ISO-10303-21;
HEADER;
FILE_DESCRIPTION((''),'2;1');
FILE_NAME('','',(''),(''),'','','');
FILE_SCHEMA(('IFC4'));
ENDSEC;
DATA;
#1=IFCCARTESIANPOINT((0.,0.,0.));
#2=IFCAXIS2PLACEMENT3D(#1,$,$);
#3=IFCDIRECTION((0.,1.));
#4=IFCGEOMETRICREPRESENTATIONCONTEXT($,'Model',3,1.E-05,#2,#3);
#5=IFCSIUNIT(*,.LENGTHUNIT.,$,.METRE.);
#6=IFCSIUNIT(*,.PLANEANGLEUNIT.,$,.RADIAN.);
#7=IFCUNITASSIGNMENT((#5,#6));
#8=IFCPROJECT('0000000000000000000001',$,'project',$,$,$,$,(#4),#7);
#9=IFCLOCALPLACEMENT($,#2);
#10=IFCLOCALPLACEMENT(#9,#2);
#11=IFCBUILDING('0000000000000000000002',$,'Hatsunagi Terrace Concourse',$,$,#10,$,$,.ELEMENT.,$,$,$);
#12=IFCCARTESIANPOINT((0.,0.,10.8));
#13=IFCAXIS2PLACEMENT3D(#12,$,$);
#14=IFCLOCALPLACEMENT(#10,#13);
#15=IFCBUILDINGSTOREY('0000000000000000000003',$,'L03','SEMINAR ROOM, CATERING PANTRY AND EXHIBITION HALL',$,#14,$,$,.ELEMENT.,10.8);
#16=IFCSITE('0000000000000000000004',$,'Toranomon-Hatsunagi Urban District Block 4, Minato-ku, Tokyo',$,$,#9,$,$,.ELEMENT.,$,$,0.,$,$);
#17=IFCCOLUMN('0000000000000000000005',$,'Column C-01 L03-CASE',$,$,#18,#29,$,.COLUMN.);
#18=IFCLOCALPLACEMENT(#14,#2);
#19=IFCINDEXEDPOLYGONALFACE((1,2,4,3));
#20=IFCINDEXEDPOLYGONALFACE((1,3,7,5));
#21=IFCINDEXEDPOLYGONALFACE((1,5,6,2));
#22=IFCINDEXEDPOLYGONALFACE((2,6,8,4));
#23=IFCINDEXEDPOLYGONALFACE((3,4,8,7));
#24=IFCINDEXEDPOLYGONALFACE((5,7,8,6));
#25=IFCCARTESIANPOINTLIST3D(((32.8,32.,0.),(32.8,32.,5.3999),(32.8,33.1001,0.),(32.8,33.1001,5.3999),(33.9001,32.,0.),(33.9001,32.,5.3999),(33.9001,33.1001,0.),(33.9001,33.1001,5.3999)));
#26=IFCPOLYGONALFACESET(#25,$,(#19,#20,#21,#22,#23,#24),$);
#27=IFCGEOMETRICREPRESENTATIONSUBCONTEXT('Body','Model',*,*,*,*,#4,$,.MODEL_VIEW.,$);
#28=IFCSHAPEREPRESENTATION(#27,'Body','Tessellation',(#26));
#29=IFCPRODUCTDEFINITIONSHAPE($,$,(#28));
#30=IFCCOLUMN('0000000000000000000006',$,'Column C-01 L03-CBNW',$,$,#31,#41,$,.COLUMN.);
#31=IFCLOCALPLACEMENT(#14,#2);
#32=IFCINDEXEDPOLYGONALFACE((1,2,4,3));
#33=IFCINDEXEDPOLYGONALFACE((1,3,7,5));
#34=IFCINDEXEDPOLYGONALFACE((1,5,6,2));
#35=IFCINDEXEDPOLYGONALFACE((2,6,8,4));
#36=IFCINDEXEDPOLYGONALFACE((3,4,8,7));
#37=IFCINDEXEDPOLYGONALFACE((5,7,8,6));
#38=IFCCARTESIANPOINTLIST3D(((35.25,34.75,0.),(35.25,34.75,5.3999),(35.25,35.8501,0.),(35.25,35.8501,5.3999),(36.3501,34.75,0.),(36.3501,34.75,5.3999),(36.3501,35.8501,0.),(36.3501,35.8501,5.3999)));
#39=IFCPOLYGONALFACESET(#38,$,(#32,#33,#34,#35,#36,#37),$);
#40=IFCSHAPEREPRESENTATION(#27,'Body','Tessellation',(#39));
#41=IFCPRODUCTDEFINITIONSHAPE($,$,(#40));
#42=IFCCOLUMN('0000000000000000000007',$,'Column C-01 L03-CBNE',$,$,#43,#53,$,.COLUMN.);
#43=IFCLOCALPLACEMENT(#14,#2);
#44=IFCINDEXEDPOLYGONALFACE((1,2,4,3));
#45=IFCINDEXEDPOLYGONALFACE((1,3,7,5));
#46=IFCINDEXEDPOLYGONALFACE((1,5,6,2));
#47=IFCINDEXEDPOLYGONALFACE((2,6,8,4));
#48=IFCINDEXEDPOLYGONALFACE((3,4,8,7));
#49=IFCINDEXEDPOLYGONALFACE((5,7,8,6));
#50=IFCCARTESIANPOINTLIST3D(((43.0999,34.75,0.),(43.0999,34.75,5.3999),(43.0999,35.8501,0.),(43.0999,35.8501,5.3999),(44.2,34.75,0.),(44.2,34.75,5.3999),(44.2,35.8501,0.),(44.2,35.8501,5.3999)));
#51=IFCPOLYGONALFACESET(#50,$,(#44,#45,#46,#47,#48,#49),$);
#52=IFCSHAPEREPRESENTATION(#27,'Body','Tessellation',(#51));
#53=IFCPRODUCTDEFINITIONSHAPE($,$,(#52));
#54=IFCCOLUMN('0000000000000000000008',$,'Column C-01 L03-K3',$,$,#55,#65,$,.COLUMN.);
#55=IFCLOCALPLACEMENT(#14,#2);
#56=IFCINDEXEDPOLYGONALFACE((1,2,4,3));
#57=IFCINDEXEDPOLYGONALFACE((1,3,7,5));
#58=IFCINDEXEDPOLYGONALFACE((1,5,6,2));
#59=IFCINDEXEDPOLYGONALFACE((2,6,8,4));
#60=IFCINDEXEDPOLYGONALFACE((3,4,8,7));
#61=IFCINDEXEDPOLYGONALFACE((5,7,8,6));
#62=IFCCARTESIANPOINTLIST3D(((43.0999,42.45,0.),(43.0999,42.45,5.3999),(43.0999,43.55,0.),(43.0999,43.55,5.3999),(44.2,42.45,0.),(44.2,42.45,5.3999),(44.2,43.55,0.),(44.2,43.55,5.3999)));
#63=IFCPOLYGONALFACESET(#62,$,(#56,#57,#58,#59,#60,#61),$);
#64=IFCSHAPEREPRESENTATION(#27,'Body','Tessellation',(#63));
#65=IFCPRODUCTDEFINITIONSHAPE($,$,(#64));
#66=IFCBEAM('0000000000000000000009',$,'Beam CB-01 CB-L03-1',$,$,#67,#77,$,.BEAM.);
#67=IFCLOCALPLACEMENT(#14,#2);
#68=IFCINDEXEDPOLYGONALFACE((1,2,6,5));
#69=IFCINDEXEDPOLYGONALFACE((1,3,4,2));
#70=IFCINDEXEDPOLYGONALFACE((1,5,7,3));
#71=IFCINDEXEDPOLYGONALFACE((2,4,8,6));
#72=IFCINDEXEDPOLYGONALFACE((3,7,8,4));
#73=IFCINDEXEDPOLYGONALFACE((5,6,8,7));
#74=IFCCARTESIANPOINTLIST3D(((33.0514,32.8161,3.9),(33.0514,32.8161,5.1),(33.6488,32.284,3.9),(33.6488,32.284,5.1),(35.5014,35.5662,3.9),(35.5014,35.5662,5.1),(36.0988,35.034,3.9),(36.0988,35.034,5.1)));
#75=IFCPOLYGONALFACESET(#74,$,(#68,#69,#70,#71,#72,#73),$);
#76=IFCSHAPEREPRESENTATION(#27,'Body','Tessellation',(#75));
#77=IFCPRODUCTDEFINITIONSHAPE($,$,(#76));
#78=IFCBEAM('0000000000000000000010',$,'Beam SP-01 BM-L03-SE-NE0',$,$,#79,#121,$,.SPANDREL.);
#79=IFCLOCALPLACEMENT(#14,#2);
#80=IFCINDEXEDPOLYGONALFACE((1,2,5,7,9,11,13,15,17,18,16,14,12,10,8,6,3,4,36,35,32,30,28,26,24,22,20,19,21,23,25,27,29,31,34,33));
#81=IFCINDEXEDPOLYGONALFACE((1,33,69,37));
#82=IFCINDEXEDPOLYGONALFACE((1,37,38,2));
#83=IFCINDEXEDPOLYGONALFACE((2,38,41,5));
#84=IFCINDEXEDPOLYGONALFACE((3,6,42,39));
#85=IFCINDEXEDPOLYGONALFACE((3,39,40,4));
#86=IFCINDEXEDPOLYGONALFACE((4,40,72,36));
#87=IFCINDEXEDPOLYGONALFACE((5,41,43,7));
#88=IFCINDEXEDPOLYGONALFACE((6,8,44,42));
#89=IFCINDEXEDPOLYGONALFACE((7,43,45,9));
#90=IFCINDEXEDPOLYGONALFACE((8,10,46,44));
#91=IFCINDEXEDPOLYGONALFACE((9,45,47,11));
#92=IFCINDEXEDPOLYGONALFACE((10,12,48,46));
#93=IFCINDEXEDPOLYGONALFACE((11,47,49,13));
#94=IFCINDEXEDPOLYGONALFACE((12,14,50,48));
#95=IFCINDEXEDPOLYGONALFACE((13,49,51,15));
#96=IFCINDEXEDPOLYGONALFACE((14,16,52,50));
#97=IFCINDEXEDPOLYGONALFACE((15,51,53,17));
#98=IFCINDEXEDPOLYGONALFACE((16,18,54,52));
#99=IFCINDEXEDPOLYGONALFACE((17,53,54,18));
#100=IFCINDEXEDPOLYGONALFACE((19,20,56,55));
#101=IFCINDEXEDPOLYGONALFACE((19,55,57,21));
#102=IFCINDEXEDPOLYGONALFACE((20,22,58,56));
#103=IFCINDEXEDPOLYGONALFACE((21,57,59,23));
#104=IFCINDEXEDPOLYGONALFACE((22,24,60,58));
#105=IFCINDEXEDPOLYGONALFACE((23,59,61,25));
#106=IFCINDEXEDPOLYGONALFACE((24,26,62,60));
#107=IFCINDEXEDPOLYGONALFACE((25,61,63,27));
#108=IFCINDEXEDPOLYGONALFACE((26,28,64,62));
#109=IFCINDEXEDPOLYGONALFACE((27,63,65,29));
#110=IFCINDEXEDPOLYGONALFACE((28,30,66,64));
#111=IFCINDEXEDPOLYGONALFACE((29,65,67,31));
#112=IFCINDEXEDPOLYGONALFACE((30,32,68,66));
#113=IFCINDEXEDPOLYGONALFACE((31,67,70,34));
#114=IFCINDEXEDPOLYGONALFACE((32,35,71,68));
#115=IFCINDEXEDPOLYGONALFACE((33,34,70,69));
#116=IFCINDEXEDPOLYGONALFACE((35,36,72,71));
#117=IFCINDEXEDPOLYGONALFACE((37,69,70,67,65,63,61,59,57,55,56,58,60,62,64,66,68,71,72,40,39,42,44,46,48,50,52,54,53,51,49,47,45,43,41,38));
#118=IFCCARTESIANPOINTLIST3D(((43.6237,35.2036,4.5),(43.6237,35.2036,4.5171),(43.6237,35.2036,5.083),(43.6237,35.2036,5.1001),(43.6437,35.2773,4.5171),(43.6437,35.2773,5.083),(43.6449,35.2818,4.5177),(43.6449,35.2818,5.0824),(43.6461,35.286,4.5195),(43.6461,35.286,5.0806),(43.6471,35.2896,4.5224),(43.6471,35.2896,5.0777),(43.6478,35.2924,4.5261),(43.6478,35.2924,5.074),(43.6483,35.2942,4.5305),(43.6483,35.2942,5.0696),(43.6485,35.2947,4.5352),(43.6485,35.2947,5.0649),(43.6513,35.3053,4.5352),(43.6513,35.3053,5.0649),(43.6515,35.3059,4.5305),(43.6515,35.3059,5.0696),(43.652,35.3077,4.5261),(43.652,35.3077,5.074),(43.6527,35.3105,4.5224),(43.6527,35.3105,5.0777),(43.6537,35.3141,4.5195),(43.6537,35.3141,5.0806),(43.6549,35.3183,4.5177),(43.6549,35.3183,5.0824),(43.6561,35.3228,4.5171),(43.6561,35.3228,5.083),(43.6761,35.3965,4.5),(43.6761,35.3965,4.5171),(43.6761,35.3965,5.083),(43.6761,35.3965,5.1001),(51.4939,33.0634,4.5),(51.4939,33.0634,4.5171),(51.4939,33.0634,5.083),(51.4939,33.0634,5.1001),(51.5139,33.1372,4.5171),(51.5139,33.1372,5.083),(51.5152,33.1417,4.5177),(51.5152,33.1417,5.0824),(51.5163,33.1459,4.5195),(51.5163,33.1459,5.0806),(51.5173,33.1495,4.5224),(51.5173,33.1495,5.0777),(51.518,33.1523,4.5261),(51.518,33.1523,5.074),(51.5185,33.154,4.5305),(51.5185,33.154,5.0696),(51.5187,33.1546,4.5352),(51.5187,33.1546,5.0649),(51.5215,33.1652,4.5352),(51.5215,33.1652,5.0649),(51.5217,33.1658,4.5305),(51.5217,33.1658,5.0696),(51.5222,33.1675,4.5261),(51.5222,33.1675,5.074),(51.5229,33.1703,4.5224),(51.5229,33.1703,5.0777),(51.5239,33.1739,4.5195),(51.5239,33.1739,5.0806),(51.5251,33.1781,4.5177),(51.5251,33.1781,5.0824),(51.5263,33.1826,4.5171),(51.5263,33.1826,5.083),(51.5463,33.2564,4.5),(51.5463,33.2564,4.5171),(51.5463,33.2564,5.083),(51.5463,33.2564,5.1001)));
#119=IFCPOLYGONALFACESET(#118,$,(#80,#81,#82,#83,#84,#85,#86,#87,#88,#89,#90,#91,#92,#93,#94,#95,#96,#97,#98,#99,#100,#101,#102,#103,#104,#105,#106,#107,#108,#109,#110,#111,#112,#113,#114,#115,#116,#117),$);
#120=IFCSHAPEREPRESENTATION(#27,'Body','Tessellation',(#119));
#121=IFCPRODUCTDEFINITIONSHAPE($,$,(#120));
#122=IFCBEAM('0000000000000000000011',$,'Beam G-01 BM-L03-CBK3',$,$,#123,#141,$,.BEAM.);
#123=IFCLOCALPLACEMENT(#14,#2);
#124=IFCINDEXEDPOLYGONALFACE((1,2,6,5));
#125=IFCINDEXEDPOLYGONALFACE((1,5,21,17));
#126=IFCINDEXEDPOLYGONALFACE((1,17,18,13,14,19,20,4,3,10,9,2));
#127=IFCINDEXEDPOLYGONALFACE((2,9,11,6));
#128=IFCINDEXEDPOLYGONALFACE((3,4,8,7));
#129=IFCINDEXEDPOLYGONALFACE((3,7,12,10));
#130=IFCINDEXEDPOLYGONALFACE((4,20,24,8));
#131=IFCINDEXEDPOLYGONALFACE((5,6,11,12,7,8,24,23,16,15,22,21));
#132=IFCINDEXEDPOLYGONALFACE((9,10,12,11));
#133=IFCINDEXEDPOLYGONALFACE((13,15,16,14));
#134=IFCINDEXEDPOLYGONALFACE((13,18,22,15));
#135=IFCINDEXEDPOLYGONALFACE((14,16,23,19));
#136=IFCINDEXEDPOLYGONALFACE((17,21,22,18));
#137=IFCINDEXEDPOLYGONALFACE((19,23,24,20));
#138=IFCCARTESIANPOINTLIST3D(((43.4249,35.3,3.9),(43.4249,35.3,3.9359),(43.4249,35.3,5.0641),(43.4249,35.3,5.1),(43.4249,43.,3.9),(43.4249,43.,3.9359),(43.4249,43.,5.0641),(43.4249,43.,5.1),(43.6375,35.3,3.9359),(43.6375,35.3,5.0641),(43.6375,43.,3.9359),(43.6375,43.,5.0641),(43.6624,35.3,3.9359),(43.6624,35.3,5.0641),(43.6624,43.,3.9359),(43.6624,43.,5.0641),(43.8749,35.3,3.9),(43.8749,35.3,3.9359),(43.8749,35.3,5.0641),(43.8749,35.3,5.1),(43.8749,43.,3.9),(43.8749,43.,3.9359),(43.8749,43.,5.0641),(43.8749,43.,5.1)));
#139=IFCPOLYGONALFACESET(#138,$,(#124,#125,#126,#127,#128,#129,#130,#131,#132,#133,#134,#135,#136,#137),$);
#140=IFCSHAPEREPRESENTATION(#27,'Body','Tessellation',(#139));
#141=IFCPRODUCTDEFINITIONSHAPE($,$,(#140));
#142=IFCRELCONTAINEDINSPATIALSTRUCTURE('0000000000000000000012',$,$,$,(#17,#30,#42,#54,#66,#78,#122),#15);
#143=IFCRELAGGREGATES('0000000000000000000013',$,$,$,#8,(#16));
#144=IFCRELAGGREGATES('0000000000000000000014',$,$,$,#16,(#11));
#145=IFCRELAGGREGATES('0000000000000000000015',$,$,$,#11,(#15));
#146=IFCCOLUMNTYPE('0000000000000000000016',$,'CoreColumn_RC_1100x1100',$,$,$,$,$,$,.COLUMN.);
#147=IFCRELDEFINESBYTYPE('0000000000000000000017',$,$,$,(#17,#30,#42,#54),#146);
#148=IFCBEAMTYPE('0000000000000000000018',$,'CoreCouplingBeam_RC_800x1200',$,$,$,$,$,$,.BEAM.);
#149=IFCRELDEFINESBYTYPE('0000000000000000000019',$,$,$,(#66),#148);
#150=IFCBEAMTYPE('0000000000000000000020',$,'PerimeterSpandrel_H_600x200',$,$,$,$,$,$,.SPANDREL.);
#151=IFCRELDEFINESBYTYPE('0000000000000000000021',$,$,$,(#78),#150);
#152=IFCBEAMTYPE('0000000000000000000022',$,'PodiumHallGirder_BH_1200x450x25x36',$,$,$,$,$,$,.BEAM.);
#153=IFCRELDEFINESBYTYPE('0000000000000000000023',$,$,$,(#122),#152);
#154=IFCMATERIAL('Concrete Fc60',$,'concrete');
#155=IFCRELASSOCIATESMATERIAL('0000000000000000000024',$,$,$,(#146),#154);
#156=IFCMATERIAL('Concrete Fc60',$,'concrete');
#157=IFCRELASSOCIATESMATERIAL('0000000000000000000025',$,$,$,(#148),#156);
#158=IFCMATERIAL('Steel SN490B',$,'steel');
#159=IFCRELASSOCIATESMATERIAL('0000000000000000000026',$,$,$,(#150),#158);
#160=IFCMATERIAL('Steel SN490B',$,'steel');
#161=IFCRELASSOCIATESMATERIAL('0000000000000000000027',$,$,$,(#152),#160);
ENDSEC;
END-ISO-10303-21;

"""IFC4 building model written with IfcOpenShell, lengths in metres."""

from ifc_helpers import new_model, si_unit, direction, frame, origin, origin_2d, place, context, subcontext, project, spatial, rectangle, i_section, extrude, material, material_profile, profile_set, type_object, element, save


model = new_model("IFC4")

# Units and contexts
model_context = context("Model", 3, precision=1e-05, world=origin(), true_north=direction((0.0, 1.0)))
body_context = subcontext(model_context, "Body", "Model", "MODEL_VIEW")
ifc_project = project(units=[si_unit("LENGTHUNIT", "METRE"), si_unit("PLANEANGLEUNIT", "RADIAN")], contexts=[model_context])

# Site, building, storey
site_placement = place(None, origin())
site = spatial("IfcSite", under=ifc_project, at=site_placement, Name="Toranomon-Hatsunagi Urban District Block 4, Minato-ku, Tokyo", CompositionType="ELEMENT", RefElevation=0.0)
building_placement = place(site_placement, origin())
building = spatial("IfcBuilding", under=site, at=building_placement, Name="Hatsunagi Terrace Concourse", CompositionType="ELEMENT")
storey_placement = place(building_placement, frame((0.0, 0.0, 10.8)))
storey = spatial("IfcBuildingStorey", under=building, at=storey_placement, Name="L03", Description="SEMINAR ROOM, CATERING PANTRY AND EXHIBITION HALL", CompositionType="ELEMENT", Elevation=10.8)

# Columns
ifc_material_1 = material(Name="Concrete Fc60", Category="concrete")
ifc_material_profile_1 = material_profile(ifc_material_1, rectangle(XDim=1.1001, YDim=1.1001, at=origin_2d()), Name="RC-1100x1100")
ifc_profile_set_1 = profile_set([ifc_material_profile_1], Name="Concrete Fc60")
column_type = type_object("IfcColumnType", Name="CoreColumn_RC_1100x1100", PredefinedType="COLUMN", material=ifc_profile_set_1)
for number, where, z_axis, x_axis, name in (
    (1, (33.3501, 32.55, 0.0), (0.0, 0.0, 1.0), (1.0, 0.0, 0.0), "Column C-01 L03-CASE"),
    (2, (35.8, 35.3, 0.0), (0.0, 0.0, 1.0), (1.0, 0.0, 0.0), "Column C-01 L03-CBNW"),
    (3, (43.6499, 35.3, 0.0), (0.0, 0.0, 1.0), (1.0, 0.0, 0.0), "Column C-01 L03-CBNE"),
    (4, (43.6499, 43.0, 0.0), (0.0, 0.0, 1.0), (1.0, 0.0, 0.0), "Column C-01 L03-K3"),
):
    element("IfcColumn", number, at=place(storey_placement, frame(where, z_axis=z_axis, x_axis=x_axis)), inside=storey, type_object=column_type, Name=name, PredefinedType="COLUMN", context=body_context, shape_type="SweptSolid", body=[
        extrude(rectangle(XDim=1.1001, YDim=1.1001, at=origin_2d()), origin(), (0.0, 0.0, 1.0), 5.3999),
    ])

# Beams
ifc_material_2 = material(Name="Concrete Fc60", Category="concrete")
ifc_material_profile_2 = material_profile(ifc_material_2, rectangle(XDim=0.8, YDim=1.2, at=origin_2d()), Name="RC-800x1200")
ifc_profile_set_2 = profile_set([ifc_material_profile_2], Name="Concrete Fc60")
beam_type_1 = type_object("IfcBeamType", Name="CoreCouplingBeam_RC_800x1200", PredefinedType="BEAM", material=ifc_profile_set_2)
beam_1_placement = place(storey_placement, frame((33.3501, 32.55, 4.5), z_axis=(0.665199, 0.746666, 0.0), x_axis=(-0.746666, 0.665199, 0.0)))
element("IfcBeam", 5, at=beam_1_placement, inside=storey, type_object=beam_type_1, Name="Beam CB-01 CB-L03-1", PredefinedType="BEAM", context=body_context, shape_type="SweptSolid", body=[
    extrude(rectangle(XDim=0.8, YDim=1.2, at=origin_2d()), origin(), (0.0, 0.0, 1.0), 3.6831),
])
ifc_material_3 = material(Name="Steel SN490B", Category="steel")
ifc_material_profile_3 = material_profile(ifc_material_3, i_section(OverallWidth=0.2, OverallDepth=0.6001, WebThickness=0.011, FlangeThickness=0.0171, FilletRadius=0.0181, at=origin_2d()), Name="H-600x200x11x17")
ifc_profile_set_3 = profile_set([ifc_material_profile_3], Name="Steel SN490B")
beam_type_2 = type_object("IfcBeamType", Name="PerimeterSpandrel_H_600x200", PredefinedType="SPANDREL", material=ifc_profile_set_3)
beam_2_placement = place(storey_placement, frame((43.6499, 35.3, 4.8), z_axis=(0.964958, -0.262403, 0.0), x_axis=(0.262403, 0.964958, 0.0)))
element("IfcBeam", 6, at=beam_2_placement, inside=storey, type_object=beam_type_2, Name="Beam SP-01 BM-L03-SE-NE0", PredefinedType="SPANDREL", context=body_context, shape_type="SweptSolid", body=[
    extrude(i_section(OverallWidth=0.2, OverallDepth=0.6001, WebThickness=0.011, FlangeThickness=0.0171, FilletRadius=0.0181, at=origin_2d()), origin(), (0.0, 0.0, 1.0), 8.156),
])
ifc_material_4 = material(Name="Steel SN490B", Category="steel")
ifc_material_profile_4 = material_profile(ifc_material_4, i_section(OverallWidth=0.45, OverallDepth=1.2, WebThickness=0.0249, FlangeThickness=0.0359, at=origin_2d()), Name="BH-1200x450x25x36")
ifc_profile_set_4 = profile_set([ifc_material_profile_4], Name="Steel SN490B")
beam_type_3 = type_object("IfcBeamType", Name="PodiumHallGirder_BH_1200x450x25x36", PredefinedType="BEAM", material=ifc_profile_set_4)
beam_3_placement = place(storey_placement, frame((43.6499, 35.3, 4.5), z_axis=(0.0, 1.0, 0.0), x_axis=(-1.0, 0.0, 0.0)))
element("IfcBeam", 7, at=beam_3_placement, inside=storey, type_object=beam_type_3, Name="Beam G-01 BM-L03-CBK3", PredefinedType="BEAM", context=body_context, shape_type="SweptSolid", body=[
    extrude(i_section(OverallWidth=0.45, OverallDepth=1.2, WebThickness=0.0249, FlangeThickness=0.0359, at=origin_2d()), origin(), (0.0, 0.0, 1.0), 7.7),
])

save(model, "model.ifc")
